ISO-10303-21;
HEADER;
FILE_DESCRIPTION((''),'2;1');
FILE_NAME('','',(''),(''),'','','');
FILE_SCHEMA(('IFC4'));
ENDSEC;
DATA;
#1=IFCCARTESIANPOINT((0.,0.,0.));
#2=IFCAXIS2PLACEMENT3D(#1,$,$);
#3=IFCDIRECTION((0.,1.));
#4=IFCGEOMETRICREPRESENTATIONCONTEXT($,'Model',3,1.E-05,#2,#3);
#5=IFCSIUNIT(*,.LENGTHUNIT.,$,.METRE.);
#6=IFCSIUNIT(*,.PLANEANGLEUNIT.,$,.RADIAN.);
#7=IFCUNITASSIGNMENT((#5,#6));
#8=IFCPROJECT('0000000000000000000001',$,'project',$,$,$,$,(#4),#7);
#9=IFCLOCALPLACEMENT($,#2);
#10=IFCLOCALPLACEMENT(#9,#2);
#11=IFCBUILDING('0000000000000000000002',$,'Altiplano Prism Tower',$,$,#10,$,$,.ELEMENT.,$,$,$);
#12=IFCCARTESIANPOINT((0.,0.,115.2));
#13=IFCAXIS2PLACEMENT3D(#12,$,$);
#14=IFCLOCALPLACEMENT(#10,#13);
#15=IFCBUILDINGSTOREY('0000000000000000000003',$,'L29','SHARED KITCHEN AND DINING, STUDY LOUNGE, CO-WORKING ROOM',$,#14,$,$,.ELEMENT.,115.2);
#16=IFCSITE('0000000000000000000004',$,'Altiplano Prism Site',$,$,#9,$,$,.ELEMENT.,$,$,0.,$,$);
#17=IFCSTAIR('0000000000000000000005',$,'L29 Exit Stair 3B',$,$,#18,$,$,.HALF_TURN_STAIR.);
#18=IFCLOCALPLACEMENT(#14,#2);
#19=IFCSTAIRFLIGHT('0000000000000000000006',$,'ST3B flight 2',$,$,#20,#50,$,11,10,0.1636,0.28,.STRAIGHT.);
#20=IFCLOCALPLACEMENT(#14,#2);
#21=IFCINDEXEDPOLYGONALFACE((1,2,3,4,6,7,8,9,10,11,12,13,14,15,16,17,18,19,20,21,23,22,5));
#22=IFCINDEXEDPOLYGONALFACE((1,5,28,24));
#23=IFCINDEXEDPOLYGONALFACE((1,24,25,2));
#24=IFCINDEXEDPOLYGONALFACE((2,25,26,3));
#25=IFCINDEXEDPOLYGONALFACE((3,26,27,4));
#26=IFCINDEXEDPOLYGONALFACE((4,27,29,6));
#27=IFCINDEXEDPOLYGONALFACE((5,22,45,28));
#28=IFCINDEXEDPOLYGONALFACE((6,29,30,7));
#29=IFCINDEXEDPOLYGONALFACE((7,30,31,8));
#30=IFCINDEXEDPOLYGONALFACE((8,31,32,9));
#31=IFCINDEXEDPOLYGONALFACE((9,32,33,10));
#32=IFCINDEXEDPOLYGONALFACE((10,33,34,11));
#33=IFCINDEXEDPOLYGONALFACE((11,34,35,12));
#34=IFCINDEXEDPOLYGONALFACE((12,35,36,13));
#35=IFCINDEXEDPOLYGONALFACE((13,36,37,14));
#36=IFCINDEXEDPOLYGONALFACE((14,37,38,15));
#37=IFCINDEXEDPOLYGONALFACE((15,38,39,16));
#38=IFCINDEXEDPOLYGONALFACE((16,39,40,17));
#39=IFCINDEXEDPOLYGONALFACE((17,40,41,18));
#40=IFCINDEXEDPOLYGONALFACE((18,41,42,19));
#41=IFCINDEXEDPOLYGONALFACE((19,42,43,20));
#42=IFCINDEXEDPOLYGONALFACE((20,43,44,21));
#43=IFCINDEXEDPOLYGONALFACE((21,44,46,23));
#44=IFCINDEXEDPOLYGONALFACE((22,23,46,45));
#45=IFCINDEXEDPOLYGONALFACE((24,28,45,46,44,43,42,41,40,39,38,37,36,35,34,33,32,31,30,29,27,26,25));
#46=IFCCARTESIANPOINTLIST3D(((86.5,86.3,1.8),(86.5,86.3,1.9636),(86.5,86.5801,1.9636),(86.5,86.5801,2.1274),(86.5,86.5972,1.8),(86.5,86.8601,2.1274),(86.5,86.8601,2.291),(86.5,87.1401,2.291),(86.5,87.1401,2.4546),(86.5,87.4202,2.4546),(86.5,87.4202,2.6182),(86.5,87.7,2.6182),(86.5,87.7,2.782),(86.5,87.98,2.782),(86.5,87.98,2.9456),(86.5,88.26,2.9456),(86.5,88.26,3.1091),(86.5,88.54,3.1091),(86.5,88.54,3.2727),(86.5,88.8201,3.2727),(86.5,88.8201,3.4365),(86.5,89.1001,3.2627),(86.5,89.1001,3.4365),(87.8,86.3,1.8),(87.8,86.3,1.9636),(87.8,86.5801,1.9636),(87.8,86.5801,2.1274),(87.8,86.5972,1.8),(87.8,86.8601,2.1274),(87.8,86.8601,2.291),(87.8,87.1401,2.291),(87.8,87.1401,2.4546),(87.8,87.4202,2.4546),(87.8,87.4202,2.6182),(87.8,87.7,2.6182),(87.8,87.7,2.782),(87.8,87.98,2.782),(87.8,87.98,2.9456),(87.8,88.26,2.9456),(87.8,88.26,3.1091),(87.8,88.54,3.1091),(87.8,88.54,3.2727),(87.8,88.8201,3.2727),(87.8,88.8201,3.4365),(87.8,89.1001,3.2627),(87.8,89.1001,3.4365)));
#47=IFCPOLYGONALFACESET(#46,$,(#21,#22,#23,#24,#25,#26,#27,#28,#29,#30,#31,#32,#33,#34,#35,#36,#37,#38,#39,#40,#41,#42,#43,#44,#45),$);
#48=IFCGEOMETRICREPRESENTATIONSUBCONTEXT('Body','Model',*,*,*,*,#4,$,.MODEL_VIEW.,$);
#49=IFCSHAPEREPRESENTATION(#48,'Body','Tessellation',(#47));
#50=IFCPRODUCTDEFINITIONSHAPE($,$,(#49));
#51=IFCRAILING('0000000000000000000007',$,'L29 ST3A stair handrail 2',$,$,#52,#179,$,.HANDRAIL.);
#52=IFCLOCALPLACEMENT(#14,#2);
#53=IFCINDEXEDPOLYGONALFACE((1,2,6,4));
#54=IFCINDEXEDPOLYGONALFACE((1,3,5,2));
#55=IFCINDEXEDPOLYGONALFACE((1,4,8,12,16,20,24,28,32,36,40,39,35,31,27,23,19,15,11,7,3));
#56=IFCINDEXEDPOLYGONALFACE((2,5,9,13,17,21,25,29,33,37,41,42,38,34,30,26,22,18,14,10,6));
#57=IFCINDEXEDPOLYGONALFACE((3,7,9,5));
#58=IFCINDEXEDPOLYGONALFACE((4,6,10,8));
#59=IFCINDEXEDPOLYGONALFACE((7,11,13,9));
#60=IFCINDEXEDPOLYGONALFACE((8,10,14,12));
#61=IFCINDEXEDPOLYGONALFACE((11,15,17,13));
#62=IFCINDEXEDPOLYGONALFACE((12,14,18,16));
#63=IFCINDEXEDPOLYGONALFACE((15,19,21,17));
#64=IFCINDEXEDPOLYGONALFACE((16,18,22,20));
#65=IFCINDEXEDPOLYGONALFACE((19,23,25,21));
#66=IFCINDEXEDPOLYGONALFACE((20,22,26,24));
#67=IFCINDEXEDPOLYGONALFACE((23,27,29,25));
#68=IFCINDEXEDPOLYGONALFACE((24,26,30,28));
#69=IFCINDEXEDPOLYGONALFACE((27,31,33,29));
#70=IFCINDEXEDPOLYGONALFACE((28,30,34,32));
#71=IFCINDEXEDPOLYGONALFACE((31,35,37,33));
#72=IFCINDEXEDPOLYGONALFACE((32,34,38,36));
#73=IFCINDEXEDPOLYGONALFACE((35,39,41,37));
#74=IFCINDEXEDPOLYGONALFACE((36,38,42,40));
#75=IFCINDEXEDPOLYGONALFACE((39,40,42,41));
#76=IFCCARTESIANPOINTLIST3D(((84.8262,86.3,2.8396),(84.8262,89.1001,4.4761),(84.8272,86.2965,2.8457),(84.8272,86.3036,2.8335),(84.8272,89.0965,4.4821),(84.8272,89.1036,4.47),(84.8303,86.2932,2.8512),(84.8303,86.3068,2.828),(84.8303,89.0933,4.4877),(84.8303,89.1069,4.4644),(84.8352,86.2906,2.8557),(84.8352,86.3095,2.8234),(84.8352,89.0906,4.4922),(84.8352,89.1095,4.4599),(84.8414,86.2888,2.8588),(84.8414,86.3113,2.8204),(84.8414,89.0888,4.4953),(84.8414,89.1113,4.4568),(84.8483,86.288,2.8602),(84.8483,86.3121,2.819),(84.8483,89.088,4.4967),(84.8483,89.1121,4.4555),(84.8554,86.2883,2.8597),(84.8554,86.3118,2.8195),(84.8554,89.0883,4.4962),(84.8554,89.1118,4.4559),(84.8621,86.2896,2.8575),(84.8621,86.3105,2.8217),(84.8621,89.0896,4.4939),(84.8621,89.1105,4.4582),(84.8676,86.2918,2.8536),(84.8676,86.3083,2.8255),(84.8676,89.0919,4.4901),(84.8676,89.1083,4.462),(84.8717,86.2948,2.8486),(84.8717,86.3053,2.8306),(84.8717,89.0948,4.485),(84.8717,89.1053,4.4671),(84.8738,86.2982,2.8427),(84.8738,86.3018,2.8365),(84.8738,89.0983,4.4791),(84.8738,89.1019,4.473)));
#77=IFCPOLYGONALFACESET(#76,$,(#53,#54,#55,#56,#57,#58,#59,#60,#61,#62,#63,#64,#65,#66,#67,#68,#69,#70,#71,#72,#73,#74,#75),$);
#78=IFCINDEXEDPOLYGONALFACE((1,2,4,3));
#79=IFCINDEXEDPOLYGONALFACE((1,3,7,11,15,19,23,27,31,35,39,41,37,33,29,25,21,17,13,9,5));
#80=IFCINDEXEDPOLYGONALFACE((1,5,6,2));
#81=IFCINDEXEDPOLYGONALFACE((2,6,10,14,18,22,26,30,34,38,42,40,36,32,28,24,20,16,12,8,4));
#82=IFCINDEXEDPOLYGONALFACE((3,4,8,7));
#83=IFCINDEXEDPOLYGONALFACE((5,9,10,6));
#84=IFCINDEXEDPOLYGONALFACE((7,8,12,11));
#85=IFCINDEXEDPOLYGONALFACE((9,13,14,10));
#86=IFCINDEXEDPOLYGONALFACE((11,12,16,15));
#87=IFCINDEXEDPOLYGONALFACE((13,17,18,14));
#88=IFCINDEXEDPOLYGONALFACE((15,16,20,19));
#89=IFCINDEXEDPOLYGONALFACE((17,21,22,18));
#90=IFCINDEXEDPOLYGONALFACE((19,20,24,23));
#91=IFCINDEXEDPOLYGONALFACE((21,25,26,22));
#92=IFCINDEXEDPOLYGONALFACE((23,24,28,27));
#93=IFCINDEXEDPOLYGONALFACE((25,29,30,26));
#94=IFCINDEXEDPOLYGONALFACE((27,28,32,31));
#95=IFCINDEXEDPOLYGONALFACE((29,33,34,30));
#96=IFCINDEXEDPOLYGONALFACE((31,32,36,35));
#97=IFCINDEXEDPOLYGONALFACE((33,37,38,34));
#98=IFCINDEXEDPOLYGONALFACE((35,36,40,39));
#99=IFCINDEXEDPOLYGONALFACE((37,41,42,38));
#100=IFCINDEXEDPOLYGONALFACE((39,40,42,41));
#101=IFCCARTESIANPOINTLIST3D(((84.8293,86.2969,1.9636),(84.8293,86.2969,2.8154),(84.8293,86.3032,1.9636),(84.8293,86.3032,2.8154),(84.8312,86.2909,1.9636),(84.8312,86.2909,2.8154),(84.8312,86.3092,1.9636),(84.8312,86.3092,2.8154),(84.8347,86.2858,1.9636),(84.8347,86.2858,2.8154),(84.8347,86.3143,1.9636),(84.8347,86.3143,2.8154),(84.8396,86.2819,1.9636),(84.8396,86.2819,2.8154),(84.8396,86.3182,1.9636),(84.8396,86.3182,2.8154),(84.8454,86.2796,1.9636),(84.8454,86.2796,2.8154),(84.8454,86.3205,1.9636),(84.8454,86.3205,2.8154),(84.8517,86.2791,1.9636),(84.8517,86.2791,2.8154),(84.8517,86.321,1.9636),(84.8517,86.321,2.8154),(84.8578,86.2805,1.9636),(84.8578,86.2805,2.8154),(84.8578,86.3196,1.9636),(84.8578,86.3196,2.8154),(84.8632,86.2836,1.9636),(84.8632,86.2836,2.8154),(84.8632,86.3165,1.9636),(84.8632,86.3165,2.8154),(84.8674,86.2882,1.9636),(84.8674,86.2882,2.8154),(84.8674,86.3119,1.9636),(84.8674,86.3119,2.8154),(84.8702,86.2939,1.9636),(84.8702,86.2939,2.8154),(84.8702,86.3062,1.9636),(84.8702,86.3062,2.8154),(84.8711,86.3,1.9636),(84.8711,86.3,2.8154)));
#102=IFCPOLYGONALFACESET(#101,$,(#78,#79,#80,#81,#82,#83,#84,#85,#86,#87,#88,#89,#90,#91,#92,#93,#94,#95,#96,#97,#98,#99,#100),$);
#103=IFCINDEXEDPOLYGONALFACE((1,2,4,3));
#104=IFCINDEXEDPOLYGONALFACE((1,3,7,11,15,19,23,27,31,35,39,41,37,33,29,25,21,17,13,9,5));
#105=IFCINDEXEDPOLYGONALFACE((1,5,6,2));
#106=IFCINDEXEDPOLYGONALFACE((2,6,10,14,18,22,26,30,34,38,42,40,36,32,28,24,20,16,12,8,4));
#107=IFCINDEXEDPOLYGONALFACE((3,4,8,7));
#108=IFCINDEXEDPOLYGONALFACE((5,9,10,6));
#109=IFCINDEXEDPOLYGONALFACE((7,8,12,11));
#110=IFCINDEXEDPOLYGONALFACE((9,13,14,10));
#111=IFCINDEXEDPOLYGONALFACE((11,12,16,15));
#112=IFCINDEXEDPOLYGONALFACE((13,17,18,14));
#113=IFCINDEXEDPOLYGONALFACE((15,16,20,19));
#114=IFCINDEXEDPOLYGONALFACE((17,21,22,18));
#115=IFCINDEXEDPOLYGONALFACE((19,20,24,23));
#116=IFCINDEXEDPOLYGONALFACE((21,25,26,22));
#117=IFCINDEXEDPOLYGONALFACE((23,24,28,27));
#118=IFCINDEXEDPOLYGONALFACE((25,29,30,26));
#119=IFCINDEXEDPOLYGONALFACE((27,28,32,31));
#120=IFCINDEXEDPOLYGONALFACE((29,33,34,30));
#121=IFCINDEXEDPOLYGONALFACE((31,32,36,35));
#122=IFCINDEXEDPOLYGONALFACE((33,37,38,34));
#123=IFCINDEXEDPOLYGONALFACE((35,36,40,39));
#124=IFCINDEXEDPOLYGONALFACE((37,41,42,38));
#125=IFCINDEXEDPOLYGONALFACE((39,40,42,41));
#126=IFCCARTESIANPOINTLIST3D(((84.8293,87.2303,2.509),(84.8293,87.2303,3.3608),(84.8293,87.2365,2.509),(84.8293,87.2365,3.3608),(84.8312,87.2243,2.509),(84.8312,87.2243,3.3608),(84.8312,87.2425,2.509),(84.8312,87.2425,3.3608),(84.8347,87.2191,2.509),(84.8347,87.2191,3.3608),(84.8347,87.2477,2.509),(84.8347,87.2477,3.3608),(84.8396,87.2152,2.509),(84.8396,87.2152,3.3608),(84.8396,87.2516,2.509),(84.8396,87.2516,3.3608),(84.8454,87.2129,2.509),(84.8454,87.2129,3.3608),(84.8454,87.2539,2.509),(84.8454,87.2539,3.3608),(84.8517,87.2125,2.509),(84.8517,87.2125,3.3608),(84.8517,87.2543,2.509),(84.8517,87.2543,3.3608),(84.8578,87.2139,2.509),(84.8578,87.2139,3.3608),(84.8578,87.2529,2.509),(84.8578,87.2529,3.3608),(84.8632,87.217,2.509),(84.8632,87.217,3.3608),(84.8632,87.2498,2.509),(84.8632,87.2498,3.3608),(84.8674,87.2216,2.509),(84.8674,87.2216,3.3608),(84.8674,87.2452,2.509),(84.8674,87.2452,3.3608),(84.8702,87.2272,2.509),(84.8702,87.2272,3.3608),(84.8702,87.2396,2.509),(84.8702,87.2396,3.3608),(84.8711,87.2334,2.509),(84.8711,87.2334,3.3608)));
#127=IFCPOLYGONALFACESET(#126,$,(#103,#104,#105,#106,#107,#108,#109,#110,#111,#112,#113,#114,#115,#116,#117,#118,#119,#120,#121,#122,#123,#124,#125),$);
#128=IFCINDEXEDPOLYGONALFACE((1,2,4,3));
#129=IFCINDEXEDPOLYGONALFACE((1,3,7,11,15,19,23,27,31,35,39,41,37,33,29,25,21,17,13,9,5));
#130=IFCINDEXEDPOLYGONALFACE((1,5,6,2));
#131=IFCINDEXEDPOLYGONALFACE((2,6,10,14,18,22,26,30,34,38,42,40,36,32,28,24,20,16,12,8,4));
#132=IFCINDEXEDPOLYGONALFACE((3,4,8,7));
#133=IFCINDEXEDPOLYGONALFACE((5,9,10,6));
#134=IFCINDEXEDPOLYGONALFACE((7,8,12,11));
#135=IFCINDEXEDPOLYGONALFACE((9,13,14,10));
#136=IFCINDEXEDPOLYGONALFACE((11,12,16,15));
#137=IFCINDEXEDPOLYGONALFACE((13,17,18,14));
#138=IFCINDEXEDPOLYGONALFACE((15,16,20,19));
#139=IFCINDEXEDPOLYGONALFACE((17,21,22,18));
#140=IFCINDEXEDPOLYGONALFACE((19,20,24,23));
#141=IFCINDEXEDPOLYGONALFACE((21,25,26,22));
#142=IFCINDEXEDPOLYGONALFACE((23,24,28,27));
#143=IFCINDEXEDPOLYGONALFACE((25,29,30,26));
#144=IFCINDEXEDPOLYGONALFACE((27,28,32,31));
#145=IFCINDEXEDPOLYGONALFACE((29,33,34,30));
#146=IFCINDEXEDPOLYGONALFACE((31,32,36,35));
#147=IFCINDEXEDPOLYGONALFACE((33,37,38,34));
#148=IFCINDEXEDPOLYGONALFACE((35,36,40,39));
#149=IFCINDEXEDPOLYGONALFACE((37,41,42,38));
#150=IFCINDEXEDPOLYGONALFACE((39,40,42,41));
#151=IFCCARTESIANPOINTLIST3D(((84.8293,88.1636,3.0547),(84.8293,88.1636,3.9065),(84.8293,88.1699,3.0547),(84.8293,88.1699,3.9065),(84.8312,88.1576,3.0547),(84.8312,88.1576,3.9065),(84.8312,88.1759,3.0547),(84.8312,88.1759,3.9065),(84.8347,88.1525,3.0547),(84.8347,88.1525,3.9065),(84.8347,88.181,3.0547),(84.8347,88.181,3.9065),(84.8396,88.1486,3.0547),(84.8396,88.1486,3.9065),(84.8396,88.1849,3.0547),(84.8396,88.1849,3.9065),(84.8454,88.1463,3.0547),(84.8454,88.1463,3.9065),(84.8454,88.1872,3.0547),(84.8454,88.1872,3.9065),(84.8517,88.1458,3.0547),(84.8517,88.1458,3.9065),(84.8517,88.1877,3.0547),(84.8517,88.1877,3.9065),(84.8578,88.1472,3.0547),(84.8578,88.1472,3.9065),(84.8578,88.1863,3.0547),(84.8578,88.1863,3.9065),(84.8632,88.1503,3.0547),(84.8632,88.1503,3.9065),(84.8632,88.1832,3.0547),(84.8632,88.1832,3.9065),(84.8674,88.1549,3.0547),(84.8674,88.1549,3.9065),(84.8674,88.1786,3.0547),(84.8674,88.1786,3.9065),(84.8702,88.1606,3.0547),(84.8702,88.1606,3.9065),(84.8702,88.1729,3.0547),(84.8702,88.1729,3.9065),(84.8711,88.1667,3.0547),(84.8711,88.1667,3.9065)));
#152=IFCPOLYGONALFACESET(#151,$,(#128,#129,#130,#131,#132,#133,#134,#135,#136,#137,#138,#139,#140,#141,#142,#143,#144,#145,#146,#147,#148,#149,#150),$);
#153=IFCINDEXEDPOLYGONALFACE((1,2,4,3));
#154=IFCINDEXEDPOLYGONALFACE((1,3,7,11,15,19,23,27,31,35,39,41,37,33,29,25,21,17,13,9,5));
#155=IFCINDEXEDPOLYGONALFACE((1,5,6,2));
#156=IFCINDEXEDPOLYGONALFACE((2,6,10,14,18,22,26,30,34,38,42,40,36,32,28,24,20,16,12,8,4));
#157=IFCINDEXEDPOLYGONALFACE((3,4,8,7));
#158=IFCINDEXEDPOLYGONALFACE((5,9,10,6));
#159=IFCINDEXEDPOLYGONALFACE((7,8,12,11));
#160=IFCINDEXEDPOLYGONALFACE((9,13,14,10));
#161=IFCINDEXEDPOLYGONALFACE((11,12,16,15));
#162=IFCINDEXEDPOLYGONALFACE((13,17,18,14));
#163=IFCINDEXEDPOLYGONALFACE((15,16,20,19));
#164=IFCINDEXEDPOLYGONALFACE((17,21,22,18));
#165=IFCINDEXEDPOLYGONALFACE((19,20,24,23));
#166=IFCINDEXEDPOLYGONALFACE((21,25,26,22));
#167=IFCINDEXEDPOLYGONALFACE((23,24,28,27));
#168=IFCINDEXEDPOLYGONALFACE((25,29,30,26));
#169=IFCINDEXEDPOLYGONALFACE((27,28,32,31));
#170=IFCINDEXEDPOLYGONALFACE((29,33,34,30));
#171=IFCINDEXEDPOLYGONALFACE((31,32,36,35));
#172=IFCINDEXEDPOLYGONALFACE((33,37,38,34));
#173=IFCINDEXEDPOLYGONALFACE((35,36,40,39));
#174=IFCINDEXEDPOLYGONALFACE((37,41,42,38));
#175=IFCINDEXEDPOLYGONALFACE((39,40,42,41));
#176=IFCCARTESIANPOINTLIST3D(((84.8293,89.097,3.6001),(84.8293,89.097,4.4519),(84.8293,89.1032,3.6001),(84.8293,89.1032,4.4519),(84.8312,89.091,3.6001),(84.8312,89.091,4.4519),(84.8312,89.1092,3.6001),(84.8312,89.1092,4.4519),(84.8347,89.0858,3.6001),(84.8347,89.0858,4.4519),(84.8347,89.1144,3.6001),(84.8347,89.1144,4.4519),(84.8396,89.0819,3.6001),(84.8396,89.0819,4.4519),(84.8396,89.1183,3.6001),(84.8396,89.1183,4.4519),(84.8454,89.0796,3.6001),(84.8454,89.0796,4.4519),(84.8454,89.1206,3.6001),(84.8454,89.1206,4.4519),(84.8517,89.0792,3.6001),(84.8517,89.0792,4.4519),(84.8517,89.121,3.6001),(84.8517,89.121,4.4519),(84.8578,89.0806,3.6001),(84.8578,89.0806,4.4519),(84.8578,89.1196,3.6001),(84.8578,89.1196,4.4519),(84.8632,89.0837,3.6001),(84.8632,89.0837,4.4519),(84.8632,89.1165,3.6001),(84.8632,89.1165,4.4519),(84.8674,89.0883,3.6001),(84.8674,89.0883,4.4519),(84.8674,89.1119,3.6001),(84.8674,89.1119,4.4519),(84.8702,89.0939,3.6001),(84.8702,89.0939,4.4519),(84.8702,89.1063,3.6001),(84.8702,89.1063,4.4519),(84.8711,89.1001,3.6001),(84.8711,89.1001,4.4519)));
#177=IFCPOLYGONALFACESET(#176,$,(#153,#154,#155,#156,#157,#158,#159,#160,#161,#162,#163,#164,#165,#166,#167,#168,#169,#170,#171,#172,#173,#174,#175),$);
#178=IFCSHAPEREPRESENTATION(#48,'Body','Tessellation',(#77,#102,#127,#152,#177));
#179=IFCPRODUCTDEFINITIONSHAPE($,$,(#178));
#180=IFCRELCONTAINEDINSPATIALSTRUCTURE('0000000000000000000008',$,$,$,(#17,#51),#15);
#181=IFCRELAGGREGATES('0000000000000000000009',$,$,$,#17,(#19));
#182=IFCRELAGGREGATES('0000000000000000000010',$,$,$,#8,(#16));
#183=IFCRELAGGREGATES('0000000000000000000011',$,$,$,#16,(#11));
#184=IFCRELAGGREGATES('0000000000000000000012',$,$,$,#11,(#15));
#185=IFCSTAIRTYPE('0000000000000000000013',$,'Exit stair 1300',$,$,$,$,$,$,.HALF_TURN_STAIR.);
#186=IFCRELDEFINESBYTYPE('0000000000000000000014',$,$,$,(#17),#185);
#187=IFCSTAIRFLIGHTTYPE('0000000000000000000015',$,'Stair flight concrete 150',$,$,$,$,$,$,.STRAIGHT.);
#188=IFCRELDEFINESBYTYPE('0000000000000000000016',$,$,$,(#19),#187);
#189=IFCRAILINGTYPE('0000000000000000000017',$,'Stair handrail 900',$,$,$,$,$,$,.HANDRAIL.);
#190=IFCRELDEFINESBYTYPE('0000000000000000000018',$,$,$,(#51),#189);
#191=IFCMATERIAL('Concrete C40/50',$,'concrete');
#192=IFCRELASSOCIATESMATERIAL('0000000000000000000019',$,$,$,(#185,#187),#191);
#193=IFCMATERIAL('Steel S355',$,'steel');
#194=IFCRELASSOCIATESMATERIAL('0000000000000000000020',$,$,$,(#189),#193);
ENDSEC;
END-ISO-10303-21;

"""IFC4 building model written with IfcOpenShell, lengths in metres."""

from ifc_helpers import new_model, si_unit, direction, frame, origin, origin_2d, place, context, subcontext, project, spatial, polyline, circle, outline, extrude, material, type_object, element, aggregate, save


model = new_model("IFC4")

# Units and contexts
model_context = context("Model", 3, precision=1e-05, world=origin(), true_north=direction((0.0, 1.0)))
body_context = subcontext(model_context, "Body", "Model", "MODEL_VIEW")
ifc_project = project(units=[si_unit("LENGTHUNIT", "METRE"), si_unit("PLANEANGLEUNIT", "RADIAN")], contexts=[model_context])

# Site, building, storey
site_placement = place(None, origin())
site = spatial("IfcSite", under=ifc_project, at=site_placement, Name="Altiplano Prism Site", CompositionType="ELEMENT", RefElevation=0.0)
building_placement = place(site_placement, origin())
building = spatial("IfcBuilding", under=site, at=building_placement, Name="Altiplano Prism Tower", CompositionType="ELEMENT")
storey_placement = place(building_placement, frame((0.0, 0.0, 115.2)))
storey = spatial("IfcBuildingStorey", under=building, at=storey_placement, Name="L29", Description="SHARED KITCHEN AND DINING, STUDY LOUNGE, CO-WORKING ROOM", CompositionType="ELEMENT", Elevation=115.2)

# Stair, stair flight
ifc_material_1 = material(Name="Concrete C40/50", Category="concrete")
stair_type = type_object("IfcStairType", Name="Exit stair 1300", PredefinedType="HALF_TURN_STAIR", material=ifc_material_1)
stair_flight_type = type_object("IfcStairFlightType", Name="Stair flight concrete 150", PredefinedType="STRAIGHT", material=ifc_material_1)
stair_1_placement = place(storey_placement, origin())
stair_1 = element("IfcStair", 1, at=stair_1_placement, inside=storey, type_object=stair_type, Name="L29 Exit Stair 3B", PredefinedType="HALF_TURN_STAIR")
stair_flight_1_placement = place(storey_placement, frame((87.1499, 86.3, 1.8), z_axis=(0.0, 0.0, 1.0), x_axis=(0.0, 1.0, 0.0)))
stair_flight_1 = element("IfcStairFlight", 2, at=stair_flight_1_placement, type_object=stair_flight_type, Name="ST3B flight 2", NumberOfRisers=11, NumberOfTreads=10, PredefinedType="STRAIGHT", RiserHeight=0.1636, TreadLength=0.28, context=body_context, shape_type="SweptSolid", body=[
    extrude(outline(polyline([(0.0, 0.0), (0.0, 0.1636), (0.28, 0.1636), (0.28, 0.3274), (0.5601, 0.3274), (0.5601, 0.491), (0.8401, 0.491), (0.8401, 0.6545), (1.1201, 0.6545), (1.1201, 0.8181), (1.3999, 0.8181), (1.3999, 0.9819), (1.6799, 0.9819), (1.6799, 1.1455), (1.96, 1.1455), (1.96, 1.3091), (2.24, 1.3091), (2.24, 1.4727), (2.52, 1.4727), (2.52, 1.6365), (2.8, 1.6365), (2.8, 1.8), (2.8, 1.4626), (0.2971, 0.0), (0.0, 0.0)])), frame((0.0, 0.6499, 0.0), z_axis=(0.0, -1.0, 0.0), x_axis=(1.0, 0.0, 0.0)), (0.0, 0.0, 1.0), 1.3),
])
aggregate(stair_1, [stair_flight_1])

# Railing
ifc_material_2 = material(Name="Steel S355", Category="steel")
railing_type = type_object("IfcRailingType", Name="Stair handrail 900", PredefinedType="HANDRAIL", material=ifc_material_2)
for number, where, name in (
    (3, (84.8501, 86.3, 1.9636), "L29 ST3A stair handrail 2"),
):
    element("IfcRailing", number, at=place(storey_placement, frame(where)), inside=storey, type_object=railing_type, Name=name, PredefinedType="HANDRAIL", context=body_context, shape_type="SweptSolid", body=[
        extrude(circle(Radius=0.0239, at=origin_2d()), frame((0.0, 0.0, 0.876), z_axis=(0.0, 0.863361, 0.504587), x_axis=(-1.0, 0.0, 0.0)), (0.0, 0.0, 1.0), 3.2432),
        extrude(circle(Radius=0.021, at=origin_2d()), origin(), (0.0, 0.0, 1.0), 0.8518),
        extrude(circle(Radius=0.021, at=origin_2d()), frame((0.0, 0.9333, 0.5454)), (0.0, 0.0, 1.0), 0.8518),
        extrude(circle(Radius=0.021, at=origin_2d()), frame((0.0, 1.8667, 1.0911)), (0.0, 0.0, 1.0), 0.8518),
        extrude(circle(Radius=0.021, at=origin_2d()), frame((0.0, 2.8, 1.6365)), (0.0, 0.0, 1.0), 0.8518),
    ])

save(model, "model.ifc")
